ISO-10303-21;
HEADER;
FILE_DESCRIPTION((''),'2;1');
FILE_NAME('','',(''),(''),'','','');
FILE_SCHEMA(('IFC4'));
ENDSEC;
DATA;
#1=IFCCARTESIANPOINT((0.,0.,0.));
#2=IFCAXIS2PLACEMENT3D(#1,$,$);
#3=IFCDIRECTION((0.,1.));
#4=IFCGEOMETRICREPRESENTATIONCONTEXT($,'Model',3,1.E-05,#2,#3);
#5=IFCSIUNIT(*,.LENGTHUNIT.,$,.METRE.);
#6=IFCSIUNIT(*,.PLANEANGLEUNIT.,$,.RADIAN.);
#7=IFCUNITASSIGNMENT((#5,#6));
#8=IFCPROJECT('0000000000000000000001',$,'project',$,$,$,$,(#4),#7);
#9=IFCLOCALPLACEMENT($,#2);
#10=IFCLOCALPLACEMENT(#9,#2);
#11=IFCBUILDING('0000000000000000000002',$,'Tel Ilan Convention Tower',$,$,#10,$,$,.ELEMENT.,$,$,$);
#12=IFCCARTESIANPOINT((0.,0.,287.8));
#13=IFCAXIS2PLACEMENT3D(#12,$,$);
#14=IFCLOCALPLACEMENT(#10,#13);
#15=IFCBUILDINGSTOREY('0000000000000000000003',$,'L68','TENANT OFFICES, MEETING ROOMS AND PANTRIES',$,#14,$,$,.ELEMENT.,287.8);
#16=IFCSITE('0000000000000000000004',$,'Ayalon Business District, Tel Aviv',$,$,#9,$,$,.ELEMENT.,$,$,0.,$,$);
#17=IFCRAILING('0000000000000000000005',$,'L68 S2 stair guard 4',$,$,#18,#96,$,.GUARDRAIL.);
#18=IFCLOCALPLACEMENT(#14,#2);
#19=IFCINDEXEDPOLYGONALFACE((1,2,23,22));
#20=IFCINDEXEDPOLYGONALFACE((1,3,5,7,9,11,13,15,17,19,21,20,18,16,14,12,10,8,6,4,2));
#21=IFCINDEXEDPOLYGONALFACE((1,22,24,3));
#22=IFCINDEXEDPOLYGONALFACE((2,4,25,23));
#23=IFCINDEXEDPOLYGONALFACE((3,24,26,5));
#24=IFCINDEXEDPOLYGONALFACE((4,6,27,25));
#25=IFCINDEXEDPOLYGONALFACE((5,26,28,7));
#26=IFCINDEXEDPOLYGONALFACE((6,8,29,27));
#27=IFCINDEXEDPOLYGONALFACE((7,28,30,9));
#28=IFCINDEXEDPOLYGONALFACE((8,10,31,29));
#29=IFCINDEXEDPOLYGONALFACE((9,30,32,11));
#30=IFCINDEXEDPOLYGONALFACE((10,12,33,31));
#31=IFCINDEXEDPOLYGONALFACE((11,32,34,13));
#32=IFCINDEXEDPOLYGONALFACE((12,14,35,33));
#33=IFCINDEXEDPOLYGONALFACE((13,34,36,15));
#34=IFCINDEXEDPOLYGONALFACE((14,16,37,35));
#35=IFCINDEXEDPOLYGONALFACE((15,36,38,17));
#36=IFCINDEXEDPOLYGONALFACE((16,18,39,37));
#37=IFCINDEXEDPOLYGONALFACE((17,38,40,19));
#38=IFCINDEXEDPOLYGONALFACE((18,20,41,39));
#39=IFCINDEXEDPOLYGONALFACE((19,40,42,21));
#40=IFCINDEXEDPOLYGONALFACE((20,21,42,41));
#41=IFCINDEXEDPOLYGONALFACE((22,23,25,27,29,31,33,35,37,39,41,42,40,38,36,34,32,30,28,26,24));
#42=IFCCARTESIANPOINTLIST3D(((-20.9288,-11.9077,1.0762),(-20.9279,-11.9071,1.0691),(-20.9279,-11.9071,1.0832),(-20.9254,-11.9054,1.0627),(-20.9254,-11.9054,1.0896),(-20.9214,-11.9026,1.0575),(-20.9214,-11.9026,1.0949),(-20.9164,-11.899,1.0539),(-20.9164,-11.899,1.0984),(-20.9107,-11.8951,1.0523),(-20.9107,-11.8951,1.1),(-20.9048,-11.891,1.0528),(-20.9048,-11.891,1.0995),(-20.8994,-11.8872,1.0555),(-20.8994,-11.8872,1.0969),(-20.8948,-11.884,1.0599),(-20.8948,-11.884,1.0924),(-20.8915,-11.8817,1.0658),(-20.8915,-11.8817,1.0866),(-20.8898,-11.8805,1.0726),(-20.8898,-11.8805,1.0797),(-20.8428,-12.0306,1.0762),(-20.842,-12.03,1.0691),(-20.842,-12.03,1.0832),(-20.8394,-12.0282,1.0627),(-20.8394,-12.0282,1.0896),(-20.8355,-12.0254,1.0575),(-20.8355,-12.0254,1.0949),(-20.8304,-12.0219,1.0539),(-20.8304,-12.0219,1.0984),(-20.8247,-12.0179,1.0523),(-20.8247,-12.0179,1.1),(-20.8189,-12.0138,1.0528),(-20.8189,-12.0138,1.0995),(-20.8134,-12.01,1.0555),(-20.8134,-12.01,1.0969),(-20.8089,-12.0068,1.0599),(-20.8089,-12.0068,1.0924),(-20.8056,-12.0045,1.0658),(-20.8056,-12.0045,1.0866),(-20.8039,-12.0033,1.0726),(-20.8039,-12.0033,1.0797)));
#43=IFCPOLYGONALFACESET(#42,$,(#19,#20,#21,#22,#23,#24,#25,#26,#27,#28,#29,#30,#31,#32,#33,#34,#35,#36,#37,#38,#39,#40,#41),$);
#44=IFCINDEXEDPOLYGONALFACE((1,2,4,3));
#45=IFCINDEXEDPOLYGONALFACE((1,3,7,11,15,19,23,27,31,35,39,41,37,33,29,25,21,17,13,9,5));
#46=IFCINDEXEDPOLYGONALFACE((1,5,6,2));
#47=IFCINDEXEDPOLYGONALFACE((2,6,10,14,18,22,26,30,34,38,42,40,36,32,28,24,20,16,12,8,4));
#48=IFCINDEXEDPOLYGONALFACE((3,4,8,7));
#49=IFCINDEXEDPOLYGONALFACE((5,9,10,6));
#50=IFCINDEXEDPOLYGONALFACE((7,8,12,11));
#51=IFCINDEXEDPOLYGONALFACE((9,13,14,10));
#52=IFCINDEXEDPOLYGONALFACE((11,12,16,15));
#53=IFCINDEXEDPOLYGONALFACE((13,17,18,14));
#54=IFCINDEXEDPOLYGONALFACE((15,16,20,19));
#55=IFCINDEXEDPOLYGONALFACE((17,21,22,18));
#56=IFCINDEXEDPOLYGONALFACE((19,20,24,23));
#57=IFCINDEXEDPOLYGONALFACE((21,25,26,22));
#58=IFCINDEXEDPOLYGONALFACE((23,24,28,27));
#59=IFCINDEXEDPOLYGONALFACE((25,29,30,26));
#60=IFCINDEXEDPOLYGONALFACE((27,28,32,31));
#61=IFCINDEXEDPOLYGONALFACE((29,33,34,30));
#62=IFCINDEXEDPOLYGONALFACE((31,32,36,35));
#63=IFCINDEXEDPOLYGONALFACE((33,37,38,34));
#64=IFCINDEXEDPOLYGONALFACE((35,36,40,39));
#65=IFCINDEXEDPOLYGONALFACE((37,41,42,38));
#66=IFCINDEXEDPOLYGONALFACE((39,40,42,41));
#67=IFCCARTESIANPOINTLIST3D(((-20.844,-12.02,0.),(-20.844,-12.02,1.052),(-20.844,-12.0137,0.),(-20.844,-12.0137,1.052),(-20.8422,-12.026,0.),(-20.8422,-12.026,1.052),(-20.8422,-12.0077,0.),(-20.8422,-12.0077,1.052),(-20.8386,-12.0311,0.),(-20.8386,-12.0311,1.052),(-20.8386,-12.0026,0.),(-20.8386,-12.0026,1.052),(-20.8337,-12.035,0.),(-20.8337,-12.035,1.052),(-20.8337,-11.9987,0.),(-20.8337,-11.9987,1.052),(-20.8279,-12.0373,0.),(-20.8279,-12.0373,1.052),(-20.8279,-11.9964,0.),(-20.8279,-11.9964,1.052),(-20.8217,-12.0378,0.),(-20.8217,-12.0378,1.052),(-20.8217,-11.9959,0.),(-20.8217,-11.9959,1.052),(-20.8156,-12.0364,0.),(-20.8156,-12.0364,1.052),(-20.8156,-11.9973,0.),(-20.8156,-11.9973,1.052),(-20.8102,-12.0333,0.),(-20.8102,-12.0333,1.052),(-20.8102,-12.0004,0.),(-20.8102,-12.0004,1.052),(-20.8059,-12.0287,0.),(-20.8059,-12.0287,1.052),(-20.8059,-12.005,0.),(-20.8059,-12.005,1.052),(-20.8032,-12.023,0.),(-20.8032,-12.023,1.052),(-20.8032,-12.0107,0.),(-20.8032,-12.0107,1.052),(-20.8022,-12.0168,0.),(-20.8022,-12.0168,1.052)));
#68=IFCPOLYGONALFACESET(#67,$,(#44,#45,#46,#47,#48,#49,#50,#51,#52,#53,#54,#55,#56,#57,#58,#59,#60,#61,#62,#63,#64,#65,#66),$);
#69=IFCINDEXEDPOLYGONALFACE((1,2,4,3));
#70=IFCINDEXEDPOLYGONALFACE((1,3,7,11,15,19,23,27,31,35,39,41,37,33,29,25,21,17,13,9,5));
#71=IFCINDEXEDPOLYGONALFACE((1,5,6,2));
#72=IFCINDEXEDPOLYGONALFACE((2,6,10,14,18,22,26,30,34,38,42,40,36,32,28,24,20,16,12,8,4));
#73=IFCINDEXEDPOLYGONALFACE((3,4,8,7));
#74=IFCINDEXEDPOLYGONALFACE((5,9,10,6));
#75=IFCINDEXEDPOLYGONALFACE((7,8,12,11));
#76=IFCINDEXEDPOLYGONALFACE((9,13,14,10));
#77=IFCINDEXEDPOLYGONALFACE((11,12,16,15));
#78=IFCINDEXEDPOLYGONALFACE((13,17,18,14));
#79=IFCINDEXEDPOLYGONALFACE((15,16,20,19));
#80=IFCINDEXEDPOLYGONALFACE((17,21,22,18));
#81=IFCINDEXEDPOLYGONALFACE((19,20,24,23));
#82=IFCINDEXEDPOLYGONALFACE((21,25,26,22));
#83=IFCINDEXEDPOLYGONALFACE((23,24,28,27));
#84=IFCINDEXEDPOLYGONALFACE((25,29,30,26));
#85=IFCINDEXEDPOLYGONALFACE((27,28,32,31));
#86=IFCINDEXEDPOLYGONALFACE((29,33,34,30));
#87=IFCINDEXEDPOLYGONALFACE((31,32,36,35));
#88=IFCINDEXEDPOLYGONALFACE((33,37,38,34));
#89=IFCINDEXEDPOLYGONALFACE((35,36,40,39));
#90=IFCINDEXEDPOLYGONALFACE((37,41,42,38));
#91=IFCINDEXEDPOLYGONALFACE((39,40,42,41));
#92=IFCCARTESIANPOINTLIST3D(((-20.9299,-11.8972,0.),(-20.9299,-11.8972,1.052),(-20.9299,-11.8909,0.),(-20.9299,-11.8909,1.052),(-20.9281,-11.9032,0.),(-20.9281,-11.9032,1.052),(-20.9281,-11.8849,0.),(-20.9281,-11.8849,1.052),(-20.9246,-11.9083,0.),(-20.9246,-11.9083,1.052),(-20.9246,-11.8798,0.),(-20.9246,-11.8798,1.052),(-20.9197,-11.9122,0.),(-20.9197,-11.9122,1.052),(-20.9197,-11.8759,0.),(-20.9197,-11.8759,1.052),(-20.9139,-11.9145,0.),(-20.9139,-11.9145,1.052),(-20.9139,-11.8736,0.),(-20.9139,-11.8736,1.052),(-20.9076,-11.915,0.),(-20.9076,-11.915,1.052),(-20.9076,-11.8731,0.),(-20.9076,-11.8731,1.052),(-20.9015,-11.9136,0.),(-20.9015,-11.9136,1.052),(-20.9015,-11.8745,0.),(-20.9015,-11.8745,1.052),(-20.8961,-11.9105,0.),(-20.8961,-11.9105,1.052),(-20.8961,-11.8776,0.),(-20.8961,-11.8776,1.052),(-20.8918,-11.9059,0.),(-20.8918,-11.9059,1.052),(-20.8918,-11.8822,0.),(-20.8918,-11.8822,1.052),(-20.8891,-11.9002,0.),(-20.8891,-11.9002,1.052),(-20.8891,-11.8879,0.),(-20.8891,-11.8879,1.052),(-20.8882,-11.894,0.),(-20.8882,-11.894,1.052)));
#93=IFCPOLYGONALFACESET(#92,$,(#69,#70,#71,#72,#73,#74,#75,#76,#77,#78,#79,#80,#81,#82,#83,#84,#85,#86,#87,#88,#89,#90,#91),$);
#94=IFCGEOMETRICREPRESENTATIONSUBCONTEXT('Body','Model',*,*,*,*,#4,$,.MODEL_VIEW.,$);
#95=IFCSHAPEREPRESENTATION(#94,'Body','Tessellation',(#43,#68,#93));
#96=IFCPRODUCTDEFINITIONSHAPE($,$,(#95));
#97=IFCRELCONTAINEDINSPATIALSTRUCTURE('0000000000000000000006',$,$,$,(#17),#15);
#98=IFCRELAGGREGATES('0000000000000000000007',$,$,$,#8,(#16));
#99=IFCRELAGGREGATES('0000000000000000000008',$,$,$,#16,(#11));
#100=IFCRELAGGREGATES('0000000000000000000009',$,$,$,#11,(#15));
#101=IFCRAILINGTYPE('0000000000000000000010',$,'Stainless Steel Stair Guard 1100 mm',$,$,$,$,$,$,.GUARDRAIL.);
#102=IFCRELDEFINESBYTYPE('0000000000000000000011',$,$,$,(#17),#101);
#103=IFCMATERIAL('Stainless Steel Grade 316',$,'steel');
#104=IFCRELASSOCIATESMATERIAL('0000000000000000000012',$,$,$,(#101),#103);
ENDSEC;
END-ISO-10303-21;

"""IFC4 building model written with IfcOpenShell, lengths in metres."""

from ifc_helpers import new_model, si_unit, direction, frame, origin, origin_2d, place, context, subcontext, project, spatial, circle, extrude, material, type_object, element, save


model = new_model("IFC4")

# Units and contexts
model_context = context("Model", 3, precision=1e-05, world=origin(), true_north=direction((0.0, 1.0)))
body_context = subcontext(model_context, "Body", "Model", "MODEL_VIEW")
ifc_project = project(units=[si_unit("LENGTHUNIT", "METRE"), si_unit("PLANEANGLEUNIT", "RADIAN")], contexts=[model_context])

# Site, building, storey
site_placement = place(None, origin())
site = spatial("IfcSite", under=ifc_project, at=site_placement, Name="Ayalon Business District, Tel Aviv", CompositionType="ELEMENT", RefElevation=0.0)
building_placement = place(site_placement, origin())
building = spatial("IfcBuilding", under=site, at=building_placement, Name="Tel Ilan Convention Tower", CompositionType="ELEMENT")
storey_placement = place(building_placement, frame((0.0, 0.0, 287.8)))
storey = spatial("IfcBuildingStorey", under=building, at=storey_placement, Name="L68", Description="TENANT OFFICES, MEETING ROOMS AND PANTRIES", CompositionType="ELEMENT", Elevation=287.8)

# Railing
ifc_material_1 = material(Name="Stainless Steel Grade 316", Category="steel")
railing_type_1 = type_object("IfcRailingType", Name="Stainless Steel Stair Guard 1100 mm", PredefinedType="GUARDRAIL", material=ifc_material_1)
railing_1_placement = place(storey_placement, frame((-20.8232, -12.0168, 0.0)))
element("IfcRailing", 1, at=railing_1_placement, inside=storey, type_object=railing_type_1, Name="L68 S2 stair guard 4", PredefinedType="GUARDRAIL", context=body_context, shape_type="SweptSolid", body=[
    extrude(circle(Radius=0.0239, at=origin_2d()), frame((0.0, 0.0, 1.0762), z_axis=(-0.573353, 0.819308, 0.0), x_axis=(-0.819308, -0.573353, 0.0)), (0.0, 0.0, 1.0), 0.1499),
    extrude(circle(Radius=0.021, at=origin_2d()), origin(), (0.0, 0.0, 1.0), 1.052),
    extrude(circle(Radius=0.021, at=origin_2d()), frame((-0.0859, 0.1228, 0.0)), (0.0, 0.0, 1.0), 1.052),
])

save(model, "model.ifc")
